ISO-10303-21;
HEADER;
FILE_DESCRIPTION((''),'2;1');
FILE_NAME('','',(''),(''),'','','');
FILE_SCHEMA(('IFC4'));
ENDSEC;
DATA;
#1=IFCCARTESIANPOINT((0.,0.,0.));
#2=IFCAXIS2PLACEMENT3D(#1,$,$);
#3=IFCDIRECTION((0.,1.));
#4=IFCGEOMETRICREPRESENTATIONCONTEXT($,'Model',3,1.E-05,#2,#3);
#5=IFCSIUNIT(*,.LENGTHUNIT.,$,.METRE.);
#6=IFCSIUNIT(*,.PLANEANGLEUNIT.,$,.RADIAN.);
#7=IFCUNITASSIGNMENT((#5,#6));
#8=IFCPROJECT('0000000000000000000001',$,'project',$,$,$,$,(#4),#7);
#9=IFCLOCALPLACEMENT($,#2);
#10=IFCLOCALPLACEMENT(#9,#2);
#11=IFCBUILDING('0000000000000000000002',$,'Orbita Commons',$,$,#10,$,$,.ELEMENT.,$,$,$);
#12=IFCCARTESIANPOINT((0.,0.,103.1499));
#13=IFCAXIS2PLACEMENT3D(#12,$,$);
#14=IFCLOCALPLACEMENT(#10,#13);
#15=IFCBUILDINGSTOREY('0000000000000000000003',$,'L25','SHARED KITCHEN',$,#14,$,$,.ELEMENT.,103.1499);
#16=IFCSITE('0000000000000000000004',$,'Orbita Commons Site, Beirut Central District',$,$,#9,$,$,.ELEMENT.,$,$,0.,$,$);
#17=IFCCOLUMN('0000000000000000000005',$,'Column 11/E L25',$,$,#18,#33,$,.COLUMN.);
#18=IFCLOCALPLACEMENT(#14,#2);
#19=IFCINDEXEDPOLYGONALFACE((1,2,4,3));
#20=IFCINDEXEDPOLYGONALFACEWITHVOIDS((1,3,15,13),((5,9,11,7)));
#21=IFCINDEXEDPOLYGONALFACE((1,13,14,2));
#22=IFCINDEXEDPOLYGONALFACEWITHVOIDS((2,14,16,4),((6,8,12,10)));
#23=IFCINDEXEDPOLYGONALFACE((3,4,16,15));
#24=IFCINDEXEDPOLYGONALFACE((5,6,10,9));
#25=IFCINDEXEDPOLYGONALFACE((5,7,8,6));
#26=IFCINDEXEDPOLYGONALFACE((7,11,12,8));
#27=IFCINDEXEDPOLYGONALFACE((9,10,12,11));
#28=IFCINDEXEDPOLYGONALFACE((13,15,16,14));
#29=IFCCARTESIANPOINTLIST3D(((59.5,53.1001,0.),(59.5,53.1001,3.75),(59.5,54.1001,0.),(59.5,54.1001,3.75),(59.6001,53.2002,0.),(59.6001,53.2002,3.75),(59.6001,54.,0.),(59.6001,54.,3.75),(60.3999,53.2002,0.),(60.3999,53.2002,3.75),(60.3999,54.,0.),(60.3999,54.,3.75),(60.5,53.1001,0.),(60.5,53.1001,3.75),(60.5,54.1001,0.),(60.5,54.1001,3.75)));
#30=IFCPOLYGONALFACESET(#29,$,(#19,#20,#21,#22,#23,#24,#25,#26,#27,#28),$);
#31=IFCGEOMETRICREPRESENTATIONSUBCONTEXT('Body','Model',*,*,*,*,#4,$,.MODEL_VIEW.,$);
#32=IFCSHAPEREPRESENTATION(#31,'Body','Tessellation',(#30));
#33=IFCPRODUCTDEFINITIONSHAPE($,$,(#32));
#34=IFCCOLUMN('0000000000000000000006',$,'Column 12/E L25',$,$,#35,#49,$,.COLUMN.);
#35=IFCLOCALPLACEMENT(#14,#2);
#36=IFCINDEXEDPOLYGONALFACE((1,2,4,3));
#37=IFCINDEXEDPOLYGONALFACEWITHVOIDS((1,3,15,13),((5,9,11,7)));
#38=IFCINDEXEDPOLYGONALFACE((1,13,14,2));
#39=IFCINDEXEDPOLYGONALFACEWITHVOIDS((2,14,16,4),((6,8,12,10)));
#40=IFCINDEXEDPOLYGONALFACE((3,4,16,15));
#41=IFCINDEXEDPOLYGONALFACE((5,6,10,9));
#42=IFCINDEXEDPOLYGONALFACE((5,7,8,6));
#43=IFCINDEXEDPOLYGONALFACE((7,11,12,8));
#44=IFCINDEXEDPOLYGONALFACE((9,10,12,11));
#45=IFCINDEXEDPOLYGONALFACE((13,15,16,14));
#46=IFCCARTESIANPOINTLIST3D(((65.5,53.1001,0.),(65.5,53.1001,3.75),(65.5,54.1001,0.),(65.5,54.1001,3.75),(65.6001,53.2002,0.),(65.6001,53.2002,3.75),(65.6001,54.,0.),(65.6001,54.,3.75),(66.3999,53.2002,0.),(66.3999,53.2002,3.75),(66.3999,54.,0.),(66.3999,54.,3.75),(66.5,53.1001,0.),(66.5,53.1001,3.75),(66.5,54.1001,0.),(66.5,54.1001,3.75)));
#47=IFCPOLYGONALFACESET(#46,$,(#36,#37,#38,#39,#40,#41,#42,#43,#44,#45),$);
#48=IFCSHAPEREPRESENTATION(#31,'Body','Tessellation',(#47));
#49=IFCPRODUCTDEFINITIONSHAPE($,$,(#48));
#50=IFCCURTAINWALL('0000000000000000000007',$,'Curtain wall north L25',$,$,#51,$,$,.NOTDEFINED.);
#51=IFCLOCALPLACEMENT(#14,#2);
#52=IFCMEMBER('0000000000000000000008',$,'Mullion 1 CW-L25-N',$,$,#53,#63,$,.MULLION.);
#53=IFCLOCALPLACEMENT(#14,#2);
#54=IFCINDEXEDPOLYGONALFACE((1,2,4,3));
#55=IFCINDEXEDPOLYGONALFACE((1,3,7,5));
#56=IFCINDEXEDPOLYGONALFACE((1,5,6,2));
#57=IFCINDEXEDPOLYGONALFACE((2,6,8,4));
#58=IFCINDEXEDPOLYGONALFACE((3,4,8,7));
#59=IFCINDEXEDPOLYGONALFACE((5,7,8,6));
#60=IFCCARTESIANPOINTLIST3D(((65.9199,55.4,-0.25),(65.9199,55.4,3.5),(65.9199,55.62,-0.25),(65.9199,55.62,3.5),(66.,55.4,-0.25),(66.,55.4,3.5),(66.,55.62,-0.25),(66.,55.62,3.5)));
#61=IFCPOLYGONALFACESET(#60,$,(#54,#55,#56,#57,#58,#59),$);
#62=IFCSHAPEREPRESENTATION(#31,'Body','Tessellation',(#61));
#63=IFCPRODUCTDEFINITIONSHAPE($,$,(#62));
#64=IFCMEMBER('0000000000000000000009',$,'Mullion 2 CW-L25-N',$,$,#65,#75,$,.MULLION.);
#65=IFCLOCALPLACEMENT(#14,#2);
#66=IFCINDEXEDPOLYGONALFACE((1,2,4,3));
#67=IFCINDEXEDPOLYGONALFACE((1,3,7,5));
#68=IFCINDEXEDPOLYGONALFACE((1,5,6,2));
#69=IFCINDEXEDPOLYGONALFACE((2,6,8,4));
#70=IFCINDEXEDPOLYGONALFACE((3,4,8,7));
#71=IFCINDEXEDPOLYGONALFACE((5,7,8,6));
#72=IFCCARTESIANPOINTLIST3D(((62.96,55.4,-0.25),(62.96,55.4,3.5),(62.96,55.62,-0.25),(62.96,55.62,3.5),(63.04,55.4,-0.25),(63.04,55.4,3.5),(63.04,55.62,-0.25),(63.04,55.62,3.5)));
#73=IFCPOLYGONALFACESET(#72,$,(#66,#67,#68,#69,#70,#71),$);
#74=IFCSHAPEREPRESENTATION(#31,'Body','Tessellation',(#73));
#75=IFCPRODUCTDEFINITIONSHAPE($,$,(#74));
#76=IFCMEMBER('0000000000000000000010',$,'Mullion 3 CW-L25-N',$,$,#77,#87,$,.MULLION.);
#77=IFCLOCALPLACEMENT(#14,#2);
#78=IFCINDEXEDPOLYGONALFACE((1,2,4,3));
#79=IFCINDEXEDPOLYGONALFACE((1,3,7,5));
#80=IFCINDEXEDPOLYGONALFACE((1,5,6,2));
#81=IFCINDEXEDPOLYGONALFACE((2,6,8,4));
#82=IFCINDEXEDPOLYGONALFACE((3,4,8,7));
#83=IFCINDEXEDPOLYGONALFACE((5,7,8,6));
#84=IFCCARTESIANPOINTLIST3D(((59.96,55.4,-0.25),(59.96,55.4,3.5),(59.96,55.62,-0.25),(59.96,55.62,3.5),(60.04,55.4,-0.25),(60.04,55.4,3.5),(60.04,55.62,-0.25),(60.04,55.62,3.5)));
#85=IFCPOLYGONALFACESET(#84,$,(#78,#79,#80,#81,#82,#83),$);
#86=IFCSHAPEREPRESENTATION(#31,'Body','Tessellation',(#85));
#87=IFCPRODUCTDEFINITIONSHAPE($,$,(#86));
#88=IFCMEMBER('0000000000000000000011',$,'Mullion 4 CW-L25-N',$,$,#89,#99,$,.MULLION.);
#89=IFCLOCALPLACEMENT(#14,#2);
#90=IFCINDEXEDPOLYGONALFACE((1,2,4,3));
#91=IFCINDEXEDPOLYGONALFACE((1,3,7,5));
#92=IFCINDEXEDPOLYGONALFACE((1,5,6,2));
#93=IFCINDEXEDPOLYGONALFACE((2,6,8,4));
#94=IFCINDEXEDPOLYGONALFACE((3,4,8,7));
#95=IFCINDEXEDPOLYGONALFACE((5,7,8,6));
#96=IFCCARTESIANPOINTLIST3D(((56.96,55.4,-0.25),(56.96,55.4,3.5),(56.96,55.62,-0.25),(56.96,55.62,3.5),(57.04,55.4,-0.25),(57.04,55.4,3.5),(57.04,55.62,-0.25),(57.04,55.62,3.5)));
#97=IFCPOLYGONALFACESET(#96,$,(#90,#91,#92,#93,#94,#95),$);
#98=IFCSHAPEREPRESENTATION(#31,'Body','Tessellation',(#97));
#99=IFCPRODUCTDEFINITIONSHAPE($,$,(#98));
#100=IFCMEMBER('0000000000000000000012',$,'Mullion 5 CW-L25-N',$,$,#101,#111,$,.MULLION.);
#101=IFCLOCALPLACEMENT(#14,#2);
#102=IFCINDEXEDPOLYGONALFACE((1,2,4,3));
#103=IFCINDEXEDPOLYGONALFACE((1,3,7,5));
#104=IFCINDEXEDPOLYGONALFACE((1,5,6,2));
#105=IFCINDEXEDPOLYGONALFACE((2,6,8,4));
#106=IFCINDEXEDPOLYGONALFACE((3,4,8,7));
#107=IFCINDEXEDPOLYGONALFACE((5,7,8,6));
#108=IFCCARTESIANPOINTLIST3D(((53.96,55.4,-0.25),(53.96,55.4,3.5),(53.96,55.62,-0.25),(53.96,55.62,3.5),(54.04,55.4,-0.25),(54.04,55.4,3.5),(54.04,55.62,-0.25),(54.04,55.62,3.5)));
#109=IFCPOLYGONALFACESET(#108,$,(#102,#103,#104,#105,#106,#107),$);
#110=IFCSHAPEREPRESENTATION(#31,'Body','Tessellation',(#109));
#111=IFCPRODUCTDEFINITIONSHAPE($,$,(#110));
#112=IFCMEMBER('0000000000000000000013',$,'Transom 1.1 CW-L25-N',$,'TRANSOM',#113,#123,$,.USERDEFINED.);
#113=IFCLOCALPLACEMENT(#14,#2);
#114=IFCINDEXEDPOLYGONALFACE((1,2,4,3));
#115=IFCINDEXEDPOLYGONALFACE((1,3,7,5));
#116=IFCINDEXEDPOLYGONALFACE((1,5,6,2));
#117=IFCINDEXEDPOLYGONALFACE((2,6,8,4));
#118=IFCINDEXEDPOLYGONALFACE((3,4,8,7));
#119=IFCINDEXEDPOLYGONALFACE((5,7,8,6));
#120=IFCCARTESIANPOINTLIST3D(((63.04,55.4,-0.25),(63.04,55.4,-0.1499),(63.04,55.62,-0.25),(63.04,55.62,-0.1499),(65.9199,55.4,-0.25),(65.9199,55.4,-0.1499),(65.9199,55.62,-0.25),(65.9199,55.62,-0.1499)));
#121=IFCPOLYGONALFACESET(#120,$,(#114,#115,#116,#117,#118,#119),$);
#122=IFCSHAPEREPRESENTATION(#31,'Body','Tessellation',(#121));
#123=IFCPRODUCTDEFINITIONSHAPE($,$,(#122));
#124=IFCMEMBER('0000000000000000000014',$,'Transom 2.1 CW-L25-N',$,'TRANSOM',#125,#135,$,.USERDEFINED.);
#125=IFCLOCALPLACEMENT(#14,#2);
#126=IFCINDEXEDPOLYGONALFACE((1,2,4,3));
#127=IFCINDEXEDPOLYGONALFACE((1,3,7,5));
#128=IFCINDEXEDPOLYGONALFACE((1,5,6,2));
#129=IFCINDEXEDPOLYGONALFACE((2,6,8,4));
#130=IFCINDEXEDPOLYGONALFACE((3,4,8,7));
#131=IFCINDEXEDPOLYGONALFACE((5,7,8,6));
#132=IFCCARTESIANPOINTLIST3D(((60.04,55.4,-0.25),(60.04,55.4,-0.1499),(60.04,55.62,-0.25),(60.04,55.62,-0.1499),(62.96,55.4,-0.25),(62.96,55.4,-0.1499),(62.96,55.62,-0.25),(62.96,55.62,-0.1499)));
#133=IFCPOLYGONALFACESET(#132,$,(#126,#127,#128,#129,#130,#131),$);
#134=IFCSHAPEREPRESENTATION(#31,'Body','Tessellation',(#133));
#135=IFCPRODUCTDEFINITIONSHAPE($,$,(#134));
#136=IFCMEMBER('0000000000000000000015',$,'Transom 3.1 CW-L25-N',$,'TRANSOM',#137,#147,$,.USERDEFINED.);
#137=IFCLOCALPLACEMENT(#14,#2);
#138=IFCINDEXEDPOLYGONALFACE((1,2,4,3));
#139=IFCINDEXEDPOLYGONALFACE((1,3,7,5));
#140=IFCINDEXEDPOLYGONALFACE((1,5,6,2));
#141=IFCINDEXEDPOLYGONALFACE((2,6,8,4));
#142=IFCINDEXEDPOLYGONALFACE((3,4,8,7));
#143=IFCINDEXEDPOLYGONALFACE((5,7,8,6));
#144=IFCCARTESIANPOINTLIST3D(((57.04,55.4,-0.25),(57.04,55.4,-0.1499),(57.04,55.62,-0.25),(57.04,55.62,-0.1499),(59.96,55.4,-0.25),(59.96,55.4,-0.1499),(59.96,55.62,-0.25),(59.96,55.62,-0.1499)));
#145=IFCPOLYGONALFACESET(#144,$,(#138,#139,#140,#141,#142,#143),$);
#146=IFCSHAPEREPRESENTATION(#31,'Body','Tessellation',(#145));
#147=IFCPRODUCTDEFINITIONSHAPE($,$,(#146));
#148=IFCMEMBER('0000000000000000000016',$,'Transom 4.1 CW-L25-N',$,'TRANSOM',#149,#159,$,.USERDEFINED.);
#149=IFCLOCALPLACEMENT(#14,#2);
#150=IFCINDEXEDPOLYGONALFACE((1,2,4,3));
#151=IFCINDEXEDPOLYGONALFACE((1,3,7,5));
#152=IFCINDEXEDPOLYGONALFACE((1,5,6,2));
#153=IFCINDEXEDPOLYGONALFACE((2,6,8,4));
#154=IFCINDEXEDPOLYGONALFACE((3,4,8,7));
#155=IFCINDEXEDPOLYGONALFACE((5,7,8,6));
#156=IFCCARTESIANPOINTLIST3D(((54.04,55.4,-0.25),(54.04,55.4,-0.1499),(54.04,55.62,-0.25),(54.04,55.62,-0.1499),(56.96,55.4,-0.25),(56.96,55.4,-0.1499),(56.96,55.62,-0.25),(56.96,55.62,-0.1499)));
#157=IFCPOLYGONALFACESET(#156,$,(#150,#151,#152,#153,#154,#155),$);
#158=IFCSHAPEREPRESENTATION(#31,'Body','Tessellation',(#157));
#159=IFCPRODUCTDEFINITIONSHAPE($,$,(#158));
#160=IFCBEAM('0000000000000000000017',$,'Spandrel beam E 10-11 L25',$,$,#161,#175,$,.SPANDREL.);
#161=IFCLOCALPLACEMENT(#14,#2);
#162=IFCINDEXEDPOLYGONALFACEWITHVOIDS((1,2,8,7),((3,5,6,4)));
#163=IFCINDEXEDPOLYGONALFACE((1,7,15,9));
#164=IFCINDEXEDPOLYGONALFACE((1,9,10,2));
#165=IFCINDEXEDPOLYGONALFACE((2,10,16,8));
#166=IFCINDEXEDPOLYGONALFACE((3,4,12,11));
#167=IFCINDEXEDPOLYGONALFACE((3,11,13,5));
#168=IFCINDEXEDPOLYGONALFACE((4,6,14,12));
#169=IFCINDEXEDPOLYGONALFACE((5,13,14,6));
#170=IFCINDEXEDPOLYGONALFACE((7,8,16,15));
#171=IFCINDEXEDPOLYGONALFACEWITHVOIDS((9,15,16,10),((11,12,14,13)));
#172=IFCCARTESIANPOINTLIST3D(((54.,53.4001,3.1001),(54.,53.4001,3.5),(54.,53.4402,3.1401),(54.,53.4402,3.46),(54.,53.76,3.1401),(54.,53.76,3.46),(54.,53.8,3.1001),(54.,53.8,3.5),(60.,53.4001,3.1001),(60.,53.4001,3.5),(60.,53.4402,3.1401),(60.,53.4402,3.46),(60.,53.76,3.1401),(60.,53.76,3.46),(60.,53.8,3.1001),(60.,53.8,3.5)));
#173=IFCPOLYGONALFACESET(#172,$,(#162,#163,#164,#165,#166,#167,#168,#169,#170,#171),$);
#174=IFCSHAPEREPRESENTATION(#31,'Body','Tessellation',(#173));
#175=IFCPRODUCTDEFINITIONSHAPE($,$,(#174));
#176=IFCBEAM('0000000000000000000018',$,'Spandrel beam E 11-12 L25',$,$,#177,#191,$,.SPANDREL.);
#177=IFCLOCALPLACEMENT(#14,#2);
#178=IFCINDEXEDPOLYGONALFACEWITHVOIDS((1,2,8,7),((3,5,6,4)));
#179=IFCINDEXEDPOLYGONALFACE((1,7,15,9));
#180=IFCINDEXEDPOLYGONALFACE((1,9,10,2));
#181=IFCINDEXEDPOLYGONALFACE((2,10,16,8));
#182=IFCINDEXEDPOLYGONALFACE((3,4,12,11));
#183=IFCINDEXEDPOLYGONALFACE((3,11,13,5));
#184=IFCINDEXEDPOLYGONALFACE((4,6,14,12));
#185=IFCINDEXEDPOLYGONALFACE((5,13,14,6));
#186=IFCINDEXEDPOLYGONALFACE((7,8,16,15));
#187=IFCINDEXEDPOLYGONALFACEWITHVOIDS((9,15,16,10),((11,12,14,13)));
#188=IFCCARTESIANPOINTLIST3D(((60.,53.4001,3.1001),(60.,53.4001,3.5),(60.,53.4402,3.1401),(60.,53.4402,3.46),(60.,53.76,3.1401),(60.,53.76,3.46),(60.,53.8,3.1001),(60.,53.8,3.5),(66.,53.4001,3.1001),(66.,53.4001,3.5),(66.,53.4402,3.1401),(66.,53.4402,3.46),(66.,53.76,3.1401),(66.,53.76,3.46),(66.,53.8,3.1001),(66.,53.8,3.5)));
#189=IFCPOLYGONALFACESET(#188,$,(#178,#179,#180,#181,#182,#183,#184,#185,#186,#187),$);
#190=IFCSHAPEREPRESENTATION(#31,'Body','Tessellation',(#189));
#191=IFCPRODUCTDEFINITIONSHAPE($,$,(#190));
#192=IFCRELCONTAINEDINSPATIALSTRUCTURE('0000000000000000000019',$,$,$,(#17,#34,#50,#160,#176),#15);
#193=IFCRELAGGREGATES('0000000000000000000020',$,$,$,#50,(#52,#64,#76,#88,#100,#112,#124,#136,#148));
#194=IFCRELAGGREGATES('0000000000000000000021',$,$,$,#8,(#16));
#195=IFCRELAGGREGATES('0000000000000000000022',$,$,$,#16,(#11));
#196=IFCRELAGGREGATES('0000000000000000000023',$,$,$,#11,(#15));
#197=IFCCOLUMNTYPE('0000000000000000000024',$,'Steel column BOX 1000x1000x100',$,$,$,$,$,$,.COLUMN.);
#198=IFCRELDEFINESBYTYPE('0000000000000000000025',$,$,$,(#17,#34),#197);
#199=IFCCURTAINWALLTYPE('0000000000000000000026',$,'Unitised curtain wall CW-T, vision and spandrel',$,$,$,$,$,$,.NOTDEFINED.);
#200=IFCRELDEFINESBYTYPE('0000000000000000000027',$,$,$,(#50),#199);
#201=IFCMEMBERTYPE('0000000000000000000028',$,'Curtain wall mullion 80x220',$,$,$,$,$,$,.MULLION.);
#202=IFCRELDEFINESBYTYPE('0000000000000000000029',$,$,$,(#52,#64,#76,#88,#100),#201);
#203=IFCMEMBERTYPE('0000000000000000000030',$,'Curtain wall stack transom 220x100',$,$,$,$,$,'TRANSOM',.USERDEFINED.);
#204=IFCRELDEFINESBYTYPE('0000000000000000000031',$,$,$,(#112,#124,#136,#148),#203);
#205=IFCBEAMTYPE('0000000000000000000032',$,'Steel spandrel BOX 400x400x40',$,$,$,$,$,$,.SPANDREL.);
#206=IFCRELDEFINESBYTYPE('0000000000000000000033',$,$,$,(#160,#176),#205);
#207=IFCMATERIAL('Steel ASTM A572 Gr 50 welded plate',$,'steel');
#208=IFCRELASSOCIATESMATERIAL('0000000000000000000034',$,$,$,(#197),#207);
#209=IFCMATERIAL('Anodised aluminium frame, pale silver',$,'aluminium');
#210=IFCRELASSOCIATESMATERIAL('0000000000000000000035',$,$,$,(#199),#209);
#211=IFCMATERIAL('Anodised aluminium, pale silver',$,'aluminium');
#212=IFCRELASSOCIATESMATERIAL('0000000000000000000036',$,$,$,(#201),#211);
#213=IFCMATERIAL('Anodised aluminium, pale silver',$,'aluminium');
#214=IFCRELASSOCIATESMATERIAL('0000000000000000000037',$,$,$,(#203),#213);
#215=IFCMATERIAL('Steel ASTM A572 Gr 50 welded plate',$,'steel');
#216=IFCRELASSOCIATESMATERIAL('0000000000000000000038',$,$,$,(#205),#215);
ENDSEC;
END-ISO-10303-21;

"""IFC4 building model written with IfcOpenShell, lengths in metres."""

from ifc_helpers import new_model, si_unit, direction, frame, origin, origin_2d, place, context, subcontext, project, spatial, rectangle, hollow_rectangle, extrude, material, material_profile, profile_set, type_object, element, aggregate, save


model = new_model("IFC4")

# Units and contexts
model_context = context("Model", 3, precision=1e-05, world=origin(), true_north=direction((0.0, 1.0)))
body_context = subcontext(model_context, "Body", "Model", "MODEL_VIEW")
ifc_project = project(units=[si_unit("LENGTHUNIT", "METRE"), si_unit("PLANEANGLEUNIT", "RADIAN")], contexts=[model_context])

# Site, building, storey
site_placement = place(None, origin())
site = spatial("IfcSite", under=ifc_project, at=site_placement, Name="Orbita Commons Site, Beirut Central District", CompositionType="ELEMENT", RefElevation=0.0)
building_placement = place(site_placement, origin())
building = spatial("IfcBuilding", under=site, at=building_placement, Name="Orbita Commons", CompositionType="ELEMENT")
storey_placement = place(building_placement, frame((0.0, 0.0, 103.1499)))
storey = spatial("IfcBuildingStorey", under=building, at=storey_placement, Name="L25", Description="SHARED KITCHEN", CompositionType="ELEMENT", Elevation=103.1499)

# Columns
ifc_material_1 = material(Name="Steel ASTM A572 Gr 50 welded plate", Category="steel")
ifc_material_profile_1 = material_profile(ifc_material_1, hollow_rectangle(XDim=1.0, YDim=1.0, WallThickness=0.1001, at=origin_2d()), Name="BOX 1000x1000x100")
ifc_profile_set_1 = profile_set([ifc_material_profile_1], Name="Steel ASTM A572 Gr 50 welded plate")
column_type = type_object("IfcColumnType", Name="Steel column BOX 1000x1000x100", PredefinedType="COLUMN", material=ifc_profile_set_1)
for number, where, z_axis, x_axis, name in (
    (1, (60.0, 53.6001, 0.0), (0.0, 0.0, 1.0), (1.0, 0.0, 0.0), "Column 11/E L25"),
    (2, (66.0, 53.6001, 0.0), (0.0, 0.0, 1.0), (1.0, 0.0, 0.0), "Column 12/E L25"),
):
    element("IfcColumn", number, at=place(storey_placement, frame(where, z_axis=z_axis, x_axis=x_axis)), inside=storey, type_object=column_type, Name=name, PredefinedType="COLUMN", context=body_context, shape_type="SweptSolid", body=[
        extrude(hollow_rectangle(XDim=1.0, YDim=1.0, WallThickness=0.1001, at=origin_2d()), origin(), (0.0, 0.0, 1.0), 3.75),
    ])

# Curtain wall, members
ifc_material_2 = material(Name="Anodised aluminium frame, pale silver", Category="aluminium")
curtain_wall_type = type_object("IfcCurtainWallType", Name="Unitised curtain wall CW-T, vision and spandrel", PredefinedType="NOTDEFINED", material=ifc_material_2)
curtain_wall_placement = place(storey_placement, origin())
curtain_wall = element("IfcCurtainWall", 3, at=curtain_wall_placement, inside=storey, type_object=curtain_wall_type, Name="Curtain wall north L25", PredefinedType="NOTDEFINED")
ifc_material_3 = material(Name="Anodised aluminium, pale silver", Category="aluminium")
ifc_material_profile_2 = material_profile(ifc_material_3, rectangle(XDim=0.0801, YDim=0.22, at=origin_2d()), Name="AL 80x220")
ifc_profile_set_2 = profile_set([ifc_material_profile_2], Name="Anodised aluminium, pale silver")
member_type_1 = type_object("IfcMemberType", Name="Curtain wall mullion 80x220", PredefinedType="MULLION", material=ifc_profile_set_2)
member_1_placement = place(storey_placement, frame((65.96, 55.51, -0.25), z_axis=(0.0, 0.0, 1.0), x_axis=(-1.0, 0.0, 0.0)))
member_1 = element("IfcMember", 4, at=member_1_placement, type_object=member_type_1, Name="Mullion 1 CW-L25-N", PredefinedType="MULLION", context=body_context, shape_type="SweptSolid", body=[
    extrude(rectangle(XDim=0.0801, YDim=0.22, at=origin_2d()), origin(), (0.0, 0.0, 1.0), 3.75),
])
member_2_placement = place(storey_placement, frame((63.0, 55.51, -0.25), z_axis=(0.0, 0.0, 1.0), x_axis=(-1.0, 0.0, 0.0)))
member_2 = element("IfcMember", 5, at=member_2_placement, type_object=member_type_1, Name="Mullion 2 CW-L25-N", PredefinedType="MULLION", context=body_context, shape_type="SweptSolid", body=[
    extrude(rectangle(XDim=0.0801, YDim=0.22, at=origin_2d()), origin(), (0.0, 0.0, 1.0), 3.75),
])
member_3_placement = place(storey_placement, frame((60.0, 55.51, -0.25), z_axis=(0.0, 0.0, 1.0), x_axis=(-1.0, 0.0, 0.0)))
member_3 = element("IfcMember", 6, at=member_3_placement, type_object=member_type_1, Name="Mullion 3 CW-L25-N", PredefinedType="MULLION", context=body_context, shape_type="SweptSolid", body=[
    extrude(rectangle(XDim=0.0801, YDim=0.22, at=origin_2d()), origin(), (0.0, 0.0, 1.0), 3.75),
])
member_4_placement = place(storey_placement, frame((57.0, 55.51, -0.25), z_axis=(0.0, 0.0, 1.0), x_axis=(-1.0, 0.0, 0.0)))
member_4 = element("IfcMember", 7, at=member_4_placement, type_object=member_type_1, Name="Mullion 4 CW-L25-N", PredefinedType="MULLION", context=body_context, shape_type="SweptSolid", body=[
    extrude(rectangle(XDim=0.0801, YDim=0.22, at=origin_2d()), origin(), (0.0, 0.0, 1.0), 3.75),
])
member_5_placement = place(storey_placement, frame((54.0, 55.51, -0.25), z_axis=(0.0, 0.0, 1.0), x_axis=(-1.0, 0.0, 0.0)))
member_5 = element("IfcMember", 8, at=member_5_placement, type_object=member_type_1, Name="Mullion 5 CW-L25-N", PredefinedType="MULLION", context=body_context, shape_type="SweptSolid", body=[
    extrude(rectangle(XDim=0.0801, YDim=0.22, at=origin_2d()), origin(), (0.0, 0.0, 1.0), 3.75),
])
ifc_material_4 = material(Name="Anodised aluminium, pale silver", Category="aluminium")
ifc_material_profile_3 = material_profile(ifc_material_4, rectangle(XDim=0.22, YDim=0.1001, at=origin_2d()), Name="AL 220x100")
ifc_profile_set_3 = profile_set([ifc_material_profile_3], Name="Anodised aluminium, pale silver")
member_type_2 = type_object("IfcMemberType", Name="Curtain wall stack transom 220x100", ElementType="TRANSOM", PredefinedType="USERDEFINED", material=ifc_profile_set_3)
member_6_placement = place(storey_placement, frame((65.9199, 55.51, -0.2), z_axis=(-1.0, 0.0, 0.0), x_axis=(0.0, -1.0, 0.0)))
member_6 = element("IfcMember", 9, at=member_6_placement, type_object=member_type_2, Name="Transom 1.1 CW-L25-N", ObjectType="TRANSOM", PredefinedType="USERDEFINED", context=body_context, shape_type="SweptSolid", body=[
    extrude(rectangle(XDim=0.22, YDim=0.1001, at=origin_2d()), origin(), (0.0, 0.0, 1.0), 2.8799),
])
member_7_placement = place(storey_placement, frame((62.96, 55.51, -0.2), z_axis=(-1.0, 0.0, 0.0), x_axis=(0.0, -1.0, 0.0)))
member_7 = element("IfcMember", 10, at=member_7_placement, type_object=member_type_2, Name="Transom 2.1 CW-L25-N", ObjectType="TRANSOM", PredefinedType="USERDEFINED", context=body_context, shape_type="SweptSolid", body=[
    extrude(rectangle(XDim=0.22, YDim=0.1001, at=origin_2d()), origin(), (0.0, 0.0, 1.0), 2.9199),
])
member_8_placement = place(storey_placement, frame((59.96, 55.51, -0.2), z_axis=(-1.0, 0.0, 0.0), x_axis=(0.0, -1.0, 0.0)))
member_8 = element("IfcMember", 11, at=member_8_placement, type_object=member_type_2, Name="Transom 3.1 CW-L25-N", ObjectType="TRANSOM", PredefinedType="USERDEFINED", context=body_context, shape_type="SweptSolid", body=[
    extrude(rectangle(XDim=0.22, YDim=0.1001, at=origin_2d()), origin(), (0.0, 0.0, 1.0), 2.9199),
])
member_9_placement = place(storey_placement, frame((56.96, 55.51, -0.2), z_axis=(-1.0, 0.0, 0.0), x_axis=(0.0, -1.0, 0.0)))
member_9 = element("IfcMember", 12, at=member_9_placement, type_object=member_type_2, Name="Transom 4.1 CW-L25-N", ObjectType="TRANSOM", PredefinedType="USERDEFINED", context=body_context, shape_type="SweptSolid", body=[
    extrude(rectangle(XDim=0.22, YDim=0.1001, at=origin_2d()), origin(), (0.0, 0.0, 1.0), 2.9199),
])

# Beams
ifc_material_5 = material(Name="Steel ASTM A572 Gr 50 welded plate", Category="steel")
ifc_material_profile_4 = material_profile(ifc_material_5, hollow_rectangle(XDim=0.3999, YDim=0.3999, WallThickness=0.04, at=origin_2d()), Name="BOX 400x400x40")
ifc_profile_set_4 = profile_set([ifc_material_profile_4], Name="Steel ASTM A572 Gr 50 welded plate")
beam_type = type_object("IfcBeamType", Name="Steel spandrel BOX 400x400x40", PredefinedType="SPANDREL", material=ifc_profile_set_4)
for number, where, z_axis, x_axis, name in (
    (13, (54.0, 53.6001, 3.3), (1.0, 0.0, 0.0), (0.0, 1.0, 0.0), "Spandrel beam E 10-11 L25"),
    (14, (60.0, 53.6001, 3.3), (1.0, 0.0, 0.0), (0.0, 1.0, 0.0), "Spandrel beam E 11-12 L25"),
):
    element("IfcBeam", number, at=place(storey_placement, frame(where, z_axis=z_axis, x_axis=x_axis)), inside=storey, type_object=beam_type, Name=name, PredefinedType="SPANDREL", context=body_context, shape_type="SweptSolid", body=[
        extrude(hollow_rectangle(XDim=0.3999, YDim=0.3999, WallThickness=0.04, at=origin_2d()), origin(), (0.0, 0.0, 1.0), 6.0),
    ])

aggregate(curtain_wall, [member_1, member_2, member_3, member_4, member_5, member_6, member_7, member_8, member_9])

save(model, "model.ifc")
